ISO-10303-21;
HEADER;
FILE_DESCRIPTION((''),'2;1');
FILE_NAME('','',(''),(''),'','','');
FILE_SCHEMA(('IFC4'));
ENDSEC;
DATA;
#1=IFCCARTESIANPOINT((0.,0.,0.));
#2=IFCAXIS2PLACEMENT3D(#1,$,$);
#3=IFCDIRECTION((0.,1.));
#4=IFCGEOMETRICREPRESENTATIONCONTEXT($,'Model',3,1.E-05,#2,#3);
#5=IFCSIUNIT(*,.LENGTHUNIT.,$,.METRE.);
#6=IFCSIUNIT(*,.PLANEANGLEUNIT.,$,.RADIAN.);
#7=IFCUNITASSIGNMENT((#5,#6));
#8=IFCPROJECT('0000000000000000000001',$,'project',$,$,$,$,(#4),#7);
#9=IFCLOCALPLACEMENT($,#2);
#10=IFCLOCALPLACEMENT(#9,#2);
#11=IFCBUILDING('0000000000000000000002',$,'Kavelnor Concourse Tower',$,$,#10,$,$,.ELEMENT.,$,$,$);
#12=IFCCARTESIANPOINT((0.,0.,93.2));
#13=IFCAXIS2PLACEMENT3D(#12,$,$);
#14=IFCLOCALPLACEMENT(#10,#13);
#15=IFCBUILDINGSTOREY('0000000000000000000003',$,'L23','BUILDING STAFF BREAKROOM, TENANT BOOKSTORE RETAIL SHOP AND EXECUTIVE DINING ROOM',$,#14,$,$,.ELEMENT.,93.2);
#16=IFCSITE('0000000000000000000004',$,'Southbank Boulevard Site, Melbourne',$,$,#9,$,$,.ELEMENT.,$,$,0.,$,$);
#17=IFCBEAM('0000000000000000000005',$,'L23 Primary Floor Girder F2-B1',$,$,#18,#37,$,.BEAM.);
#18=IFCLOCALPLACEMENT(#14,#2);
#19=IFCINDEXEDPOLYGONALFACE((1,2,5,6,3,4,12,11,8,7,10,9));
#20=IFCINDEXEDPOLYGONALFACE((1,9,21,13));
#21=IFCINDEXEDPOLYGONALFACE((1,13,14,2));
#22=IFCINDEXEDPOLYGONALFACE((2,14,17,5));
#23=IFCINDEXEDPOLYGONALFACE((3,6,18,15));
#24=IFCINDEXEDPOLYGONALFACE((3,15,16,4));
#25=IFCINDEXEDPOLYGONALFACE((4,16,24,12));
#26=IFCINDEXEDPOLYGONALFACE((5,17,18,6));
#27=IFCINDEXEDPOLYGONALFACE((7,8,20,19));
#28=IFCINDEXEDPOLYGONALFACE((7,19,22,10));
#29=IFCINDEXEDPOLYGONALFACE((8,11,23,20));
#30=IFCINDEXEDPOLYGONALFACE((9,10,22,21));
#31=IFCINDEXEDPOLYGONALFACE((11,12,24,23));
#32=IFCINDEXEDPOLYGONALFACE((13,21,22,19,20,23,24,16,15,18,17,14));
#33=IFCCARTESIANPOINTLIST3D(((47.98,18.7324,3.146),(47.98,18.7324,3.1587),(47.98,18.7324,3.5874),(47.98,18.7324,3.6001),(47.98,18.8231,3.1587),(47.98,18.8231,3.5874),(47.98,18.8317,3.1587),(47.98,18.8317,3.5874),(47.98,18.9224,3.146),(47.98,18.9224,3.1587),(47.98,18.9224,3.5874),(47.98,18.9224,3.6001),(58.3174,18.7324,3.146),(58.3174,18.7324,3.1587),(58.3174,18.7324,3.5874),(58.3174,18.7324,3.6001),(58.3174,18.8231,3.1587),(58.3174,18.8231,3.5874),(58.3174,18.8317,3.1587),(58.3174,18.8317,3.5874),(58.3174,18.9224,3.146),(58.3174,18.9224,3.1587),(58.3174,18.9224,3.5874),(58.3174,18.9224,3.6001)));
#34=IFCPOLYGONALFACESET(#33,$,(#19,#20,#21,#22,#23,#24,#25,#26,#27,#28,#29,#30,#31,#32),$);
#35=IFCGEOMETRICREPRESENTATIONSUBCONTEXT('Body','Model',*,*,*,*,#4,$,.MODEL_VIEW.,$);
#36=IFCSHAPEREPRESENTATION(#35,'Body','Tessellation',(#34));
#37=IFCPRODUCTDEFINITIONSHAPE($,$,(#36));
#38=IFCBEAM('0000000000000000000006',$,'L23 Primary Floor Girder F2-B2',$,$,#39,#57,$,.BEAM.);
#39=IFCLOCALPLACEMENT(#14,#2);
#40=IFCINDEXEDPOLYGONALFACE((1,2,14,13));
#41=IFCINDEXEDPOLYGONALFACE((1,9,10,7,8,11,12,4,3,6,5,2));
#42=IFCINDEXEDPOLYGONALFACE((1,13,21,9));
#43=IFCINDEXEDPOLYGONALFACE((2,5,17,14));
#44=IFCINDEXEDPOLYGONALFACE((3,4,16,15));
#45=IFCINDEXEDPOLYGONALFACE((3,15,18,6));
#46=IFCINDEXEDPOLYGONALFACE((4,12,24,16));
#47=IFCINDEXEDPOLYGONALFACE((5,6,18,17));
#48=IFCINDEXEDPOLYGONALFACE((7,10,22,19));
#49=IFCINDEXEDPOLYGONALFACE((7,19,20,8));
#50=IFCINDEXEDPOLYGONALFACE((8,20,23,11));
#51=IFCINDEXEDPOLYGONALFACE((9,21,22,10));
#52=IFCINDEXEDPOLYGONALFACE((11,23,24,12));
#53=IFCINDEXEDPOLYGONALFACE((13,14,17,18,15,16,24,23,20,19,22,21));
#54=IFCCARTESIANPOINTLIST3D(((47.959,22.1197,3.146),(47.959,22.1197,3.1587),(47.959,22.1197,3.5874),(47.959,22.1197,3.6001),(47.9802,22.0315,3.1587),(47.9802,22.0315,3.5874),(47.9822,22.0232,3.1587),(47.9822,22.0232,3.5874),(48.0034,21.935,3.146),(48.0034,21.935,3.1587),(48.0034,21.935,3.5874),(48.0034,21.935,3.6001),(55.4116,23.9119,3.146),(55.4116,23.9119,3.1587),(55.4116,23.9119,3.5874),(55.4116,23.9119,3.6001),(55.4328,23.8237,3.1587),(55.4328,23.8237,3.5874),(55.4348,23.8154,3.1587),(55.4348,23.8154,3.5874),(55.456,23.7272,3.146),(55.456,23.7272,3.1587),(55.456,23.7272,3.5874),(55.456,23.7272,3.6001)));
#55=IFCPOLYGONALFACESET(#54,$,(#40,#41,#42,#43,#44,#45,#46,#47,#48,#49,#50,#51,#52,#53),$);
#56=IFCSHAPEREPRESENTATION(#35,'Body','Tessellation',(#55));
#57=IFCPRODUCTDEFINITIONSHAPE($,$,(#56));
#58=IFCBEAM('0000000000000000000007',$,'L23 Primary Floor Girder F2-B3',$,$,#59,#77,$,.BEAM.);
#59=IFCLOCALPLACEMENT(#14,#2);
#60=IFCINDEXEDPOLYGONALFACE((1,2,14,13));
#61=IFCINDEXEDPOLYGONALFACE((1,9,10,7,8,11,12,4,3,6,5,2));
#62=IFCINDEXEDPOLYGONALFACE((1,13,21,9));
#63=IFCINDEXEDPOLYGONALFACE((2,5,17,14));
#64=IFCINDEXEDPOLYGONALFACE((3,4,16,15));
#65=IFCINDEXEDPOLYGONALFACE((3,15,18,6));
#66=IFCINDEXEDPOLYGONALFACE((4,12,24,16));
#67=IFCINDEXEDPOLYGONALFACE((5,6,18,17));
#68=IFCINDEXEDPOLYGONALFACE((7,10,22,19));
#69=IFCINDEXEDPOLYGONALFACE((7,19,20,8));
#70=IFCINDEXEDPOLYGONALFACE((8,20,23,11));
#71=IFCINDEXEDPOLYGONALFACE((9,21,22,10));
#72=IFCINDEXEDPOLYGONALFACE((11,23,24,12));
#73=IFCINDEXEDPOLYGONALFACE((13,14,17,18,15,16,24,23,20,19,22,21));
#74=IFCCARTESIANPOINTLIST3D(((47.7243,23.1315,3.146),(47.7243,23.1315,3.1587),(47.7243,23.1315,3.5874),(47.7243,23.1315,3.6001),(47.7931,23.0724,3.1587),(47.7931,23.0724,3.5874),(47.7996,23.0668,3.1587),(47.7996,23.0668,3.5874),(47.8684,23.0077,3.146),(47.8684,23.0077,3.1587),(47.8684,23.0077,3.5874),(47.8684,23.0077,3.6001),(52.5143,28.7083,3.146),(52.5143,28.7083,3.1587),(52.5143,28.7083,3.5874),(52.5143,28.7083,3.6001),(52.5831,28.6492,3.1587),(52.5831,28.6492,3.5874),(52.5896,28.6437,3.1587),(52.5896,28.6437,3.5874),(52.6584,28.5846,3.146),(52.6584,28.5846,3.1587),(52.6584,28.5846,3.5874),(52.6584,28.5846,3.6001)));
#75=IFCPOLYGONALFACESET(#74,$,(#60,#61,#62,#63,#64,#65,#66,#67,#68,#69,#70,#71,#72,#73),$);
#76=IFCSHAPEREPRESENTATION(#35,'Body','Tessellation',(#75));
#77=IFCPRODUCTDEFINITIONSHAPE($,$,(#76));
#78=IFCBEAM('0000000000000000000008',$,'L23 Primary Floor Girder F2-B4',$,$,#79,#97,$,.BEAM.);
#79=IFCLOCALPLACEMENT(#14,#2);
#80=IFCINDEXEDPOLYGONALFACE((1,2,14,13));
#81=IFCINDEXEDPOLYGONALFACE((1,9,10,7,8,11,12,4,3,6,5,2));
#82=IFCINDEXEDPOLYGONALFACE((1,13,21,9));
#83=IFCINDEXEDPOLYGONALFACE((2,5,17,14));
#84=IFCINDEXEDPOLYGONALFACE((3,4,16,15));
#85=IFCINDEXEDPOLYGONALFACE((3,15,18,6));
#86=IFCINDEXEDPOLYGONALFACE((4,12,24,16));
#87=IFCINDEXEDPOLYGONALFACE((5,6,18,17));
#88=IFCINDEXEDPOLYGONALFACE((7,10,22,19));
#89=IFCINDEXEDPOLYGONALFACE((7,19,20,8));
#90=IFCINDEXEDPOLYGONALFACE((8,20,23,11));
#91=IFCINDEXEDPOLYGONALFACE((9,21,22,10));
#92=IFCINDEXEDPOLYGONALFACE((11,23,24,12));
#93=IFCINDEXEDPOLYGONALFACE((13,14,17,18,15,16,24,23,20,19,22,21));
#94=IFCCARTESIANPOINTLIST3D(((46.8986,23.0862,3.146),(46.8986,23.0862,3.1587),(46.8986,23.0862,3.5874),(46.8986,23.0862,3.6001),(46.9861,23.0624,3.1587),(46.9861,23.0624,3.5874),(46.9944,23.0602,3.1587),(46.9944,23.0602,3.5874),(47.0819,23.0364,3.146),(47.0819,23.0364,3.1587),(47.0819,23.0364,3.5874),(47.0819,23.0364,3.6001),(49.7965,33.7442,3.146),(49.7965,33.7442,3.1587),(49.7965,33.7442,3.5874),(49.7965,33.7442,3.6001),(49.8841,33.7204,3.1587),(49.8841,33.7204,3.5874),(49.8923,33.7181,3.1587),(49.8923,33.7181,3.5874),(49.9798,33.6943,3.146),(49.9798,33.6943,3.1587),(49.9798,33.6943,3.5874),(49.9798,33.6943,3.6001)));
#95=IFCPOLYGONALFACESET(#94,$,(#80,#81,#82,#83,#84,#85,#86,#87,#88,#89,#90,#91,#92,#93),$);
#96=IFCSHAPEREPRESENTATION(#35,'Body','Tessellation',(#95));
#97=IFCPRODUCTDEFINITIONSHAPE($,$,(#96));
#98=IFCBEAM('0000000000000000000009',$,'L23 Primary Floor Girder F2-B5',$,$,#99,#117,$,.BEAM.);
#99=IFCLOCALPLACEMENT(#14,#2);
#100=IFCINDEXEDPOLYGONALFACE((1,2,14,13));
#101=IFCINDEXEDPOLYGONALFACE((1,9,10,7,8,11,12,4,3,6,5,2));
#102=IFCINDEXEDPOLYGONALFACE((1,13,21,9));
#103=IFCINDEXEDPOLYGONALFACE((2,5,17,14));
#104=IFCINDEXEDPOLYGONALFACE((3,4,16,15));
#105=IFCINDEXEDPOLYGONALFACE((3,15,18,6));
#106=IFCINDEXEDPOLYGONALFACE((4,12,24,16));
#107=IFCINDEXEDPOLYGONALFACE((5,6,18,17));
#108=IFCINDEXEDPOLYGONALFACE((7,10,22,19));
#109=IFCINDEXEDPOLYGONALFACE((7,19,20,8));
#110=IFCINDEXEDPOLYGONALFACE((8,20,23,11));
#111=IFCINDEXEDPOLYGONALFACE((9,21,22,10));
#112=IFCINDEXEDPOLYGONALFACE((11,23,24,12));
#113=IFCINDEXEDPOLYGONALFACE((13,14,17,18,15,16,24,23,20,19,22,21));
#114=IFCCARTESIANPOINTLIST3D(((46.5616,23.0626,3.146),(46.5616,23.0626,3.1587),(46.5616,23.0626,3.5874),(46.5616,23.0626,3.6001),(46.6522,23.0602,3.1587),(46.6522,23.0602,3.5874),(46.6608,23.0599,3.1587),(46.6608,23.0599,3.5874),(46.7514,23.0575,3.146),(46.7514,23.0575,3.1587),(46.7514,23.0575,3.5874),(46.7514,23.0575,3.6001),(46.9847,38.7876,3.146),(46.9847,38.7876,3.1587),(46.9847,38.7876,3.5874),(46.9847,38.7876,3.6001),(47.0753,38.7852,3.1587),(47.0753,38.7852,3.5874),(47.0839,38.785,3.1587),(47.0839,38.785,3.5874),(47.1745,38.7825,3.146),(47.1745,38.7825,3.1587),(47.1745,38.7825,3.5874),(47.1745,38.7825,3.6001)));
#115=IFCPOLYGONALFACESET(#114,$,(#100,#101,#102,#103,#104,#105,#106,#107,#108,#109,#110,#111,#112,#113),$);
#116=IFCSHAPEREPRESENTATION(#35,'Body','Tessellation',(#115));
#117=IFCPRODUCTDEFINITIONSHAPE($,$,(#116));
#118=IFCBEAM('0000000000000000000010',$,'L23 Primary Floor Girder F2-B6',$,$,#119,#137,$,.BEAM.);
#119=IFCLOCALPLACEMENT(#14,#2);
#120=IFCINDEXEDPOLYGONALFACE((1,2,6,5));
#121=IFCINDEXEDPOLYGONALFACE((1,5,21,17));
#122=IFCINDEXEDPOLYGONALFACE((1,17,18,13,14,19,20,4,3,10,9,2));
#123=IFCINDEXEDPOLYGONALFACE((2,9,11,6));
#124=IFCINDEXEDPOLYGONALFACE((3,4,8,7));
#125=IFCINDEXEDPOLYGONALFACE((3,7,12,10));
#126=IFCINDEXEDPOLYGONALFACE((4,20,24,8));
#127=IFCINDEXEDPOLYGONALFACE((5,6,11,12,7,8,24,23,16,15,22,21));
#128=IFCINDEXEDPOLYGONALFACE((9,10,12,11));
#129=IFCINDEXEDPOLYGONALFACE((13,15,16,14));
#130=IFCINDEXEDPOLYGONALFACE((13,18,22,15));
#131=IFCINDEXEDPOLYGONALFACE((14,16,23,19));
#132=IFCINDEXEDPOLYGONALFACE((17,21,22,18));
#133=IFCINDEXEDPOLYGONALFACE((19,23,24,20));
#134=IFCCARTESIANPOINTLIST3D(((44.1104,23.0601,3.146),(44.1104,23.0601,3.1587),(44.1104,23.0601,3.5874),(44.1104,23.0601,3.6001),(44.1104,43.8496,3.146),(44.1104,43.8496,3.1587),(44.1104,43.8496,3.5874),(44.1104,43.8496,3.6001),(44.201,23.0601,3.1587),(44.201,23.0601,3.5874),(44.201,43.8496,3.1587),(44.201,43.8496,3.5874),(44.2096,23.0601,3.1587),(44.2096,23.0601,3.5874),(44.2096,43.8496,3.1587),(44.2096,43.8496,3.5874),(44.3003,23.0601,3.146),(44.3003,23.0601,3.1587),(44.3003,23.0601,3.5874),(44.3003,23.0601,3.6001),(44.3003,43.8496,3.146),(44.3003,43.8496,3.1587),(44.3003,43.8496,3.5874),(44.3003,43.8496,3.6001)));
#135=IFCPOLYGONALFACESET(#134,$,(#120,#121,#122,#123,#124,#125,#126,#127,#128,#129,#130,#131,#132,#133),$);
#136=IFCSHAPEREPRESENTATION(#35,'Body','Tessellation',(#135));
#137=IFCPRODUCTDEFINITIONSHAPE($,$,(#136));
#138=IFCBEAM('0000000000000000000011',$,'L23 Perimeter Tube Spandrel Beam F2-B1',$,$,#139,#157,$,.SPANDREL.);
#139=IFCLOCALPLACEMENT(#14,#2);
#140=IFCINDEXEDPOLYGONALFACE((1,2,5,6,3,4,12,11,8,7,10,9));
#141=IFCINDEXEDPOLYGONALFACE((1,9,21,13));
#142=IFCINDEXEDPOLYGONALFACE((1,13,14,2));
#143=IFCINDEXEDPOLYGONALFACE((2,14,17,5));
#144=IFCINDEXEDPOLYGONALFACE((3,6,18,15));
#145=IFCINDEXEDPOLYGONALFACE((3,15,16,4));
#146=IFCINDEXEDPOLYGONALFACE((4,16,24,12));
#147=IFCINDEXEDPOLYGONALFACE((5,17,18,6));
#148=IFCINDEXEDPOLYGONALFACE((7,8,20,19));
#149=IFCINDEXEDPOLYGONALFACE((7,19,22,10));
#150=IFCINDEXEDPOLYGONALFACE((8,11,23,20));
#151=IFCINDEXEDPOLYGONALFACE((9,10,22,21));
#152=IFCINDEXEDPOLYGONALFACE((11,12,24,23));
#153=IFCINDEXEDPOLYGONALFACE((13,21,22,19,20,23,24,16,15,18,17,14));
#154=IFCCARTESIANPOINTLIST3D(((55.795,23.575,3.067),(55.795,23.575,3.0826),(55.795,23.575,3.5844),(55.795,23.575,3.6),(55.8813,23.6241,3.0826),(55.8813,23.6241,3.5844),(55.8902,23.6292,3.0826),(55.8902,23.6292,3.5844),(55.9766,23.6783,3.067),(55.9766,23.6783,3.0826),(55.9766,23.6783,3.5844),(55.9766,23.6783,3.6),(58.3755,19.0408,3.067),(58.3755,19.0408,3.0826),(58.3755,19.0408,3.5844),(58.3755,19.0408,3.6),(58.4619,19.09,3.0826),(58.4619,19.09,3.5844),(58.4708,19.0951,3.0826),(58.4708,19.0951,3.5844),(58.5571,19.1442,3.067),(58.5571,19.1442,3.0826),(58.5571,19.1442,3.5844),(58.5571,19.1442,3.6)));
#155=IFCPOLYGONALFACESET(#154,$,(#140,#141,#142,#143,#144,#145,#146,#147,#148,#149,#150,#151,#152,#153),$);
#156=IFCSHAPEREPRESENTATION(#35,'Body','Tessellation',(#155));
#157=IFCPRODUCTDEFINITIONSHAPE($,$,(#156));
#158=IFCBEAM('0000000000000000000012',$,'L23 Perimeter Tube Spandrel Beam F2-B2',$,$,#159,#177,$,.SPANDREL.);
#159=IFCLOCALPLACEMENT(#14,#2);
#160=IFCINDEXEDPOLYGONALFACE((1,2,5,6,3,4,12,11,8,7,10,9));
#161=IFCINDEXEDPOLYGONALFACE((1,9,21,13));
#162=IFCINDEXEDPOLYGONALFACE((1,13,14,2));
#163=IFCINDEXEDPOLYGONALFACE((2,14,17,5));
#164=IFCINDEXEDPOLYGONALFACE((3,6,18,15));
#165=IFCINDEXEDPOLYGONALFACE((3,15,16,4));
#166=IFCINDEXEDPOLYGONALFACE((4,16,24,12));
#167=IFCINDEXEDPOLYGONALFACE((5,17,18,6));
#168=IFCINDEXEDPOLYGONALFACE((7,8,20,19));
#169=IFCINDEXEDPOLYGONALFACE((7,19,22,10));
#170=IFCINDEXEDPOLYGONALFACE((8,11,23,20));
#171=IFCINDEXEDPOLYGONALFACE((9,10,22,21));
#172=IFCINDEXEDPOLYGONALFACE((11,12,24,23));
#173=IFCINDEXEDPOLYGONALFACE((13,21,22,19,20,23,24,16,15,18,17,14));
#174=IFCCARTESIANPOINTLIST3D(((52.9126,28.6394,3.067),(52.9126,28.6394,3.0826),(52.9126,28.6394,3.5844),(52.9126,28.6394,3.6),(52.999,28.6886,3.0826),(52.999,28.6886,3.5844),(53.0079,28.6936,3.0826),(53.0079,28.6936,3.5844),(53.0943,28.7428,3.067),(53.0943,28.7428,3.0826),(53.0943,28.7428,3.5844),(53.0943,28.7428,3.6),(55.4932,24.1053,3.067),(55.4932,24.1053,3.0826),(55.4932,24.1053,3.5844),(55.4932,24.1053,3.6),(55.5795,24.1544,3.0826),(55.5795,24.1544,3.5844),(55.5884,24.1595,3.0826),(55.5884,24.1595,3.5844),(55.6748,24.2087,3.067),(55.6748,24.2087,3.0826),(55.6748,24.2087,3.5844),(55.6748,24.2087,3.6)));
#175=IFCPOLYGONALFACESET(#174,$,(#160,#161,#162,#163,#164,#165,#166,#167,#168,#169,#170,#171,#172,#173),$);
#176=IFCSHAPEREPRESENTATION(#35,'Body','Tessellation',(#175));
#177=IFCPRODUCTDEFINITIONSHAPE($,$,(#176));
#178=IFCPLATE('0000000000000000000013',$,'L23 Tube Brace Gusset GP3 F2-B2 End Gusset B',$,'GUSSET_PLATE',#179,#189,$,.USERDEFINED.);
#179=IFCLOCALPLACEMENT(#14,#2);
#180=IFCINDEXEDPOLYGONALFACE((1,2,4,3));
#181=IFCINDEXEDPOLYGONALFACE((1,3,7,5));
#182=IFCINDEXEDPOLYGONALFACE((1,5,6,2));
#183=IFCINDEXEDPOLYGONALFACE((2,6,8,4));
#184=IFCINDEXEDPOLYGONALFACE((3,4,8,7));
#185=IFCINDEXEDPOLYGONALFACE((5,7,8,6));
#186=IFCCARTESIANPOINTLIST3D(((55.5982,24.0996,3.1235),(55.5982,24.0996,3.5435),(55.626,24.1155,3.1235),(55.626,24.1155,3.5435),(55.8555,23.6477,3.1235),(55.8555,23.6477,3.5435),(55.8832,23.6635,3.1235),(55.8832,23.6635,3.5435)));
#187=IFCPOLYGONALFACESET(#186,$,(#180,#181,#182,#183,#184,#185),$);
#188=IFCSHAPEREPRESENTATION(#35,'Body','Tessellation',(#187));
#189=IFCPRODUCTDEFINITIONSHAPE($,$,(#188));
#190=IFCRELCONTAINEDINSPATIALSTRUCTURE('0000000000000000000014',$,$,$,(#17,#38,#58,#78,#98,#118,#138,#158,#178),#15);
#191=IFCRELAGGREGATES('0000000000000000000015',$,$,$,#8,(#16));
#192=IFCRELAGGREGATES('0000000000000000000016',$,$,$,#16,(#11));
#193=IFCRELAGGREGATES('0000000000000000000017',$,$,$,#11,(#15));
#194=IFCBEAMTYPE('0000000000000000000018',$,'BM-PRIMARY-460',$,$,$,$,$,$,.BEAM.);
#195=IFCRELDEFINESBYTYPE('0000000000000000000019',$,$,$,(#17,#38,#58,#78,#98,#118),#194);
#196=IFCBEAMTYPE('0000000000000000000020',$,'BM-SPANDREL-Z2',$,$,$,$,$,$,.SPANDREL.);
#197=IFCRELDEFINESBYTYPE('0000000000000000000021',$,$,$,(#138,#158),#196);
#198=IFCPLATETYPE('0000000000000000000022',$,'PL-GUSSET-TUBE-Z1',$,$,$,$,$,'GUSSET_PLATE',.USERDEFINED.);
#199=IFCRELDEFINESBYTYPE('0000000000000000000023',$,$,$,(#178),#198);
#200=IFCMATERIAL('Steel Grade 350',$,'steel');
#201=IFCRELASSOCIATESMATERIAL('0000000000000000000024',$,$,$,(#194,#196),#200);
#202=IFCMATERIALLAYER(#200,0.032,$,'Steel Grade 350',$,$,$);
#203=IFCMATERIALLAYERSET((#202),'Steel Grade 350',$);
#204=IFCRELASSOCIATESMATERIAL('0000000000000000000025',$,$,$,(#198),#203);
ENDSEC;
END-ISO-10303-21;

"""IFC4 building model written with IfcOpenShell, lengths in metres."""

from ifc_helpers import new_model, si_unit, direction, frame, origin, origin_2d, place, context, subcontext, project, spatial, rectangle, i_section, extrude, material, layer, layer_set, material_profile, profile_set, type_object, element, save


model = new_model("IFC4")

# Units and contexts
model_context = context("Model", 3, precision=1e-05, world=origin(), true_north=direction((0.0, 1.0)))
body_context = subcontext(model_context, "Body", "Model", "MODEL_VIEW")
ifc_project = project(units=[si_unit("LENGTHUNIT", "METRE"), si_unit("PLANEANGLEUNIT", "RADIAN")], contexts=[model_context])

# Site, building, storey
site_placement = place(None, origin())
site = spatial("IfcSite", under=ifc_project, at=site_placement, Name="Southbank Boulevard Site, Melbourne", CompositionType="ELEMENT", RefElevation=0.0)
building_placement = place(site_placement, origin())
building = spatial("IfcBuilding", under=site, at=building_placement, Name="Kavelnor Concourse Tower", CompositionType="ELEMENT")
storey_placement = place(building_placement, frame((0.0, 0.0, 93.2)))
storey = spatial("IfcBuildingStorey", under=building, at=storey_placement, Name="L23", Description="BUILDING STAFF BREAKROOM, TENANT BOOKSTORE RETAIL SHOP AND EXECUTIVE DINING ROOM", CompositionType="ELEMENT", Elevation=93.2)

# Shared definitions
ifc_material_1 = material(Name="Steel Grade 350", Category="steel")

# Beams
ifc_material_profile_1 = material_profile(ifc_material_1, i_section(OverallWidth=0.1899, OverallDepth=0.4541, WebThickness=0.0085, FlangeThickness=0.0127, at=origin_2d()), Name="460UB67")
ifc_profile_set_1 = profile_set([ifc_material_profile_1], Name="Steel Grade 350")
beam_type_1 = type_object("IfcBeamType", Name="BM-PRIMARY-460", PredefinedType="BEAM", material=ifc_profile_set_1)
beam_1_placement = place(storey_placement, frame((47.98, 18.8274, 3.373), z_axis=(1.0, 0.0, 0.0), x_axis=(0.0, 1.0, 0.0)))
element("IfcBeam", 1, at=beam_1_placement, inside=storey, type_object=beam_type_1, Name="L23 Primary Floor Girder F2-B1", PredefinedType="BEAM", context=body_context, shape_type="SweptSolid", body=[
    extrude(i_section(OverallWidth=0.1899, OverallDepth=0.4541, WebThickness=0.0085, FlangeThickness=0.0127, at=origin_2d()), origin(), (0.0, 0.0, 1.0), 10.3374),
])
beam_2_placement = place(storey_placement, frame((47.9812, 22.0273, 3.373), z_axis=(0.972281, 0.233817, 0.0), x_axis=(-0.233817, 0.972281, 0.0)))
element("IfcBeam", 2, at=beam_2_placement, inside=storey, type_object=beam_type_1, Name="L23 Primary Floor Girder F2-B2", PredefinedType="BEAM", context=body_context, shape_type="SweptSolid", body=[
    extrude(i_section(OverallWidth=0.1899, OverallDepth=0.4541, WebThickness=0.0085, FlangeThickness=0.0127, at=origin_2d()), origin(), (0.0, 0.0, 1.0), 7.665),
])
beam_3_placement = place(storey_placement, frame((47.7964, 23.0696, 3.373), z_axis=(0.651562, 0.758595, 0.0), x_axis=(-0.758595, 0.651562, 0.0)))
element("IfcBeam", 3, at=beam_3_placement, inside=storey, type_object=beam_type_1, Name="L23 Primary Floor Girder F2-B3", PredefinedType="BEAM", context=body_context, shape_type="SweptSolid", body=[
    extrude(i_section(OverallWidth=0.1899, OverallDepth=0.4541, WebThickness=0.0085, FlangeThickness=0.0127, at=origin_2d()), origin(), (0.0, 0.0, 1.0), 7.3516),
])
beam_4_placement = place(storey_placement, frame((46.9902, 23.0613, 3.373), z_axis=(0.262379, 0.964965, 0.0), x_axis=(-0.964965, 0.262379, 0.0)))
element("IfcBeam", 4, at=beam_4_placement, inside=storey, type_object=beam_type_1, Name="L23 Primary Floor Girder F2-B4", PredefinedType="BEAM", context=body_context, shape_type="SweptSolid", body=[
    extrude(i_section(OverallWidth=0.1899, OverallDepth=0.4541, WebThickness=0.0085, FlangeThickness=0.0127, at=origin_2d()), origin(), (0.0, 0.0, 1.0), 11.0449),
])
beam_5_placement = place(storey_placement, frame((46.6565, 23.0601, 3.373), z_axis=(0.026896, 0.999638, 0.0), x_axis=(-0.999638, 0.026896, 0.0)))
element("IfcBeam", 5, at=beam_5_placement, inside=storey, type_object=beam_type_1, Name="L23 Primary Floor Girder F2-B5", PredefinedType="BEAM", context=body_context, shape_type="SweptSolid", body=[
    extrude(i_section(OverallWidth=0.1899, OverallDepth=0.4541, WebThickness=0.0085, FlangeThickness=0.0127, at=origin_2d()), origin(), (0.0, 0.0, 1.0), 15.7307),
])
beam_6_placement = place(storey_placement, frame((44.2053, 23.0601, 3.373), z_axis=(0.0, 1.0, 0.0), x_axis=(-1.0, 0.0, 0.0)))
element("IfcBeam", 6, at=beam_6_placement, inside=storey, type_object=beam_type_1, Name="L23 Primary Floor Girder F2-B6", PredefinedType="BEAM", context=body_context, shape_type="SweptSolid", body=[
    extrude(i_section(OverallWidth=0.1899, OverallDepth=0.4541, WebThickness=0.0085, FlangeThickness=0.0127, at=origin_2d()), origin(), (0.0, 0.0, 1.0), 20.7896),
])
ifc_material_profile_2 = material_profile(ifc_material_1, i_section(OverallWidth=0.209, OverallDepth=0.533, WebThickness=0.0103, FlangeThickness=0.0156, at=origin_2d()), Name="530UB92")
ifc_profile_set_2 = profile_set([ifc_material_profile_2], Name="Steel Grade 350")
beam_type_2 = type_object("IfcBeamType", Name="BM-SPANDREL-Z2", PredefinedType="SPANDREL", material=ifc_profile_set_2)
for number, where, z_axis, x_axis, name in (
    (7, (58.4663, 19.0925, 3.3335), (-0.494636, 0.8691, 0.0), (-0.8691, -0.494636, 0.0), "L23 Perimeter Tube Spandrel Beam F2-B1"),
    (8, (55.584, 24.157, 3.3335), (-0.494636, 0.8691, 0.0), (-0.8691, -0.494636, 0.0), "L23 Perimeter Tube Spandrel Beam F2-B2"),
):
    element("IfcBeam", number, at=place(storey_placement, frame(where, z_axis=z_axis, x_axis=x_axis)), inside=storey, type_object=beam_type_2, Name=name, PredefinedType="SPANDREL", context=body_context, shape_type="SweptSolid", body=[
        extrude(i_section(OverallWidth=0.209, OverallDepth=0.533, WebThickness=0.0103, FlangeThickness=0.0156, at=origin_2d()), origin(), (0.0, 0.0, 1.0), 5.217),
    ])

# Plate
ifc_layer_1 = layer(ifc_material_1, 0.032, Name="Steel Grade 350")
ifc_layer_set_1 = layer_set([ifc_layer_1], Name="Steel Grade 350")
plate_type = type_object("IfcPlateType", Name="PL-GUSSET-TUBE-Z1", ElementType="GUSSET_PLATE", PredefinedType="USERDEFINED", material=ifc_layer_set_1)
plate_placement = place(storey_placement, frame((55.7407, 23.8816, 3.1235), z_axis=(0.0, 0.0, 1.0), x_axis=(0.4947, -0.869064, 0.0)))
element("IfcPlate", 9, at=plate_placement, inside=storey, type_object=plate_type, Name="L23 Tube Brace Gusset GP3 F2-B2 End Gusset B", ObjectType="GUSSET_PLATE", PredefinedType="USERDEFINED", context=body_context, shape_type="SweptSolid", body=[
    extrude(rectangle(XDim=0.52, YDim=0.032, at=origin_2d()), origin(), (0.0, 0.0, 1.0), 0.4199),
])

save(model, "model.ifc")
